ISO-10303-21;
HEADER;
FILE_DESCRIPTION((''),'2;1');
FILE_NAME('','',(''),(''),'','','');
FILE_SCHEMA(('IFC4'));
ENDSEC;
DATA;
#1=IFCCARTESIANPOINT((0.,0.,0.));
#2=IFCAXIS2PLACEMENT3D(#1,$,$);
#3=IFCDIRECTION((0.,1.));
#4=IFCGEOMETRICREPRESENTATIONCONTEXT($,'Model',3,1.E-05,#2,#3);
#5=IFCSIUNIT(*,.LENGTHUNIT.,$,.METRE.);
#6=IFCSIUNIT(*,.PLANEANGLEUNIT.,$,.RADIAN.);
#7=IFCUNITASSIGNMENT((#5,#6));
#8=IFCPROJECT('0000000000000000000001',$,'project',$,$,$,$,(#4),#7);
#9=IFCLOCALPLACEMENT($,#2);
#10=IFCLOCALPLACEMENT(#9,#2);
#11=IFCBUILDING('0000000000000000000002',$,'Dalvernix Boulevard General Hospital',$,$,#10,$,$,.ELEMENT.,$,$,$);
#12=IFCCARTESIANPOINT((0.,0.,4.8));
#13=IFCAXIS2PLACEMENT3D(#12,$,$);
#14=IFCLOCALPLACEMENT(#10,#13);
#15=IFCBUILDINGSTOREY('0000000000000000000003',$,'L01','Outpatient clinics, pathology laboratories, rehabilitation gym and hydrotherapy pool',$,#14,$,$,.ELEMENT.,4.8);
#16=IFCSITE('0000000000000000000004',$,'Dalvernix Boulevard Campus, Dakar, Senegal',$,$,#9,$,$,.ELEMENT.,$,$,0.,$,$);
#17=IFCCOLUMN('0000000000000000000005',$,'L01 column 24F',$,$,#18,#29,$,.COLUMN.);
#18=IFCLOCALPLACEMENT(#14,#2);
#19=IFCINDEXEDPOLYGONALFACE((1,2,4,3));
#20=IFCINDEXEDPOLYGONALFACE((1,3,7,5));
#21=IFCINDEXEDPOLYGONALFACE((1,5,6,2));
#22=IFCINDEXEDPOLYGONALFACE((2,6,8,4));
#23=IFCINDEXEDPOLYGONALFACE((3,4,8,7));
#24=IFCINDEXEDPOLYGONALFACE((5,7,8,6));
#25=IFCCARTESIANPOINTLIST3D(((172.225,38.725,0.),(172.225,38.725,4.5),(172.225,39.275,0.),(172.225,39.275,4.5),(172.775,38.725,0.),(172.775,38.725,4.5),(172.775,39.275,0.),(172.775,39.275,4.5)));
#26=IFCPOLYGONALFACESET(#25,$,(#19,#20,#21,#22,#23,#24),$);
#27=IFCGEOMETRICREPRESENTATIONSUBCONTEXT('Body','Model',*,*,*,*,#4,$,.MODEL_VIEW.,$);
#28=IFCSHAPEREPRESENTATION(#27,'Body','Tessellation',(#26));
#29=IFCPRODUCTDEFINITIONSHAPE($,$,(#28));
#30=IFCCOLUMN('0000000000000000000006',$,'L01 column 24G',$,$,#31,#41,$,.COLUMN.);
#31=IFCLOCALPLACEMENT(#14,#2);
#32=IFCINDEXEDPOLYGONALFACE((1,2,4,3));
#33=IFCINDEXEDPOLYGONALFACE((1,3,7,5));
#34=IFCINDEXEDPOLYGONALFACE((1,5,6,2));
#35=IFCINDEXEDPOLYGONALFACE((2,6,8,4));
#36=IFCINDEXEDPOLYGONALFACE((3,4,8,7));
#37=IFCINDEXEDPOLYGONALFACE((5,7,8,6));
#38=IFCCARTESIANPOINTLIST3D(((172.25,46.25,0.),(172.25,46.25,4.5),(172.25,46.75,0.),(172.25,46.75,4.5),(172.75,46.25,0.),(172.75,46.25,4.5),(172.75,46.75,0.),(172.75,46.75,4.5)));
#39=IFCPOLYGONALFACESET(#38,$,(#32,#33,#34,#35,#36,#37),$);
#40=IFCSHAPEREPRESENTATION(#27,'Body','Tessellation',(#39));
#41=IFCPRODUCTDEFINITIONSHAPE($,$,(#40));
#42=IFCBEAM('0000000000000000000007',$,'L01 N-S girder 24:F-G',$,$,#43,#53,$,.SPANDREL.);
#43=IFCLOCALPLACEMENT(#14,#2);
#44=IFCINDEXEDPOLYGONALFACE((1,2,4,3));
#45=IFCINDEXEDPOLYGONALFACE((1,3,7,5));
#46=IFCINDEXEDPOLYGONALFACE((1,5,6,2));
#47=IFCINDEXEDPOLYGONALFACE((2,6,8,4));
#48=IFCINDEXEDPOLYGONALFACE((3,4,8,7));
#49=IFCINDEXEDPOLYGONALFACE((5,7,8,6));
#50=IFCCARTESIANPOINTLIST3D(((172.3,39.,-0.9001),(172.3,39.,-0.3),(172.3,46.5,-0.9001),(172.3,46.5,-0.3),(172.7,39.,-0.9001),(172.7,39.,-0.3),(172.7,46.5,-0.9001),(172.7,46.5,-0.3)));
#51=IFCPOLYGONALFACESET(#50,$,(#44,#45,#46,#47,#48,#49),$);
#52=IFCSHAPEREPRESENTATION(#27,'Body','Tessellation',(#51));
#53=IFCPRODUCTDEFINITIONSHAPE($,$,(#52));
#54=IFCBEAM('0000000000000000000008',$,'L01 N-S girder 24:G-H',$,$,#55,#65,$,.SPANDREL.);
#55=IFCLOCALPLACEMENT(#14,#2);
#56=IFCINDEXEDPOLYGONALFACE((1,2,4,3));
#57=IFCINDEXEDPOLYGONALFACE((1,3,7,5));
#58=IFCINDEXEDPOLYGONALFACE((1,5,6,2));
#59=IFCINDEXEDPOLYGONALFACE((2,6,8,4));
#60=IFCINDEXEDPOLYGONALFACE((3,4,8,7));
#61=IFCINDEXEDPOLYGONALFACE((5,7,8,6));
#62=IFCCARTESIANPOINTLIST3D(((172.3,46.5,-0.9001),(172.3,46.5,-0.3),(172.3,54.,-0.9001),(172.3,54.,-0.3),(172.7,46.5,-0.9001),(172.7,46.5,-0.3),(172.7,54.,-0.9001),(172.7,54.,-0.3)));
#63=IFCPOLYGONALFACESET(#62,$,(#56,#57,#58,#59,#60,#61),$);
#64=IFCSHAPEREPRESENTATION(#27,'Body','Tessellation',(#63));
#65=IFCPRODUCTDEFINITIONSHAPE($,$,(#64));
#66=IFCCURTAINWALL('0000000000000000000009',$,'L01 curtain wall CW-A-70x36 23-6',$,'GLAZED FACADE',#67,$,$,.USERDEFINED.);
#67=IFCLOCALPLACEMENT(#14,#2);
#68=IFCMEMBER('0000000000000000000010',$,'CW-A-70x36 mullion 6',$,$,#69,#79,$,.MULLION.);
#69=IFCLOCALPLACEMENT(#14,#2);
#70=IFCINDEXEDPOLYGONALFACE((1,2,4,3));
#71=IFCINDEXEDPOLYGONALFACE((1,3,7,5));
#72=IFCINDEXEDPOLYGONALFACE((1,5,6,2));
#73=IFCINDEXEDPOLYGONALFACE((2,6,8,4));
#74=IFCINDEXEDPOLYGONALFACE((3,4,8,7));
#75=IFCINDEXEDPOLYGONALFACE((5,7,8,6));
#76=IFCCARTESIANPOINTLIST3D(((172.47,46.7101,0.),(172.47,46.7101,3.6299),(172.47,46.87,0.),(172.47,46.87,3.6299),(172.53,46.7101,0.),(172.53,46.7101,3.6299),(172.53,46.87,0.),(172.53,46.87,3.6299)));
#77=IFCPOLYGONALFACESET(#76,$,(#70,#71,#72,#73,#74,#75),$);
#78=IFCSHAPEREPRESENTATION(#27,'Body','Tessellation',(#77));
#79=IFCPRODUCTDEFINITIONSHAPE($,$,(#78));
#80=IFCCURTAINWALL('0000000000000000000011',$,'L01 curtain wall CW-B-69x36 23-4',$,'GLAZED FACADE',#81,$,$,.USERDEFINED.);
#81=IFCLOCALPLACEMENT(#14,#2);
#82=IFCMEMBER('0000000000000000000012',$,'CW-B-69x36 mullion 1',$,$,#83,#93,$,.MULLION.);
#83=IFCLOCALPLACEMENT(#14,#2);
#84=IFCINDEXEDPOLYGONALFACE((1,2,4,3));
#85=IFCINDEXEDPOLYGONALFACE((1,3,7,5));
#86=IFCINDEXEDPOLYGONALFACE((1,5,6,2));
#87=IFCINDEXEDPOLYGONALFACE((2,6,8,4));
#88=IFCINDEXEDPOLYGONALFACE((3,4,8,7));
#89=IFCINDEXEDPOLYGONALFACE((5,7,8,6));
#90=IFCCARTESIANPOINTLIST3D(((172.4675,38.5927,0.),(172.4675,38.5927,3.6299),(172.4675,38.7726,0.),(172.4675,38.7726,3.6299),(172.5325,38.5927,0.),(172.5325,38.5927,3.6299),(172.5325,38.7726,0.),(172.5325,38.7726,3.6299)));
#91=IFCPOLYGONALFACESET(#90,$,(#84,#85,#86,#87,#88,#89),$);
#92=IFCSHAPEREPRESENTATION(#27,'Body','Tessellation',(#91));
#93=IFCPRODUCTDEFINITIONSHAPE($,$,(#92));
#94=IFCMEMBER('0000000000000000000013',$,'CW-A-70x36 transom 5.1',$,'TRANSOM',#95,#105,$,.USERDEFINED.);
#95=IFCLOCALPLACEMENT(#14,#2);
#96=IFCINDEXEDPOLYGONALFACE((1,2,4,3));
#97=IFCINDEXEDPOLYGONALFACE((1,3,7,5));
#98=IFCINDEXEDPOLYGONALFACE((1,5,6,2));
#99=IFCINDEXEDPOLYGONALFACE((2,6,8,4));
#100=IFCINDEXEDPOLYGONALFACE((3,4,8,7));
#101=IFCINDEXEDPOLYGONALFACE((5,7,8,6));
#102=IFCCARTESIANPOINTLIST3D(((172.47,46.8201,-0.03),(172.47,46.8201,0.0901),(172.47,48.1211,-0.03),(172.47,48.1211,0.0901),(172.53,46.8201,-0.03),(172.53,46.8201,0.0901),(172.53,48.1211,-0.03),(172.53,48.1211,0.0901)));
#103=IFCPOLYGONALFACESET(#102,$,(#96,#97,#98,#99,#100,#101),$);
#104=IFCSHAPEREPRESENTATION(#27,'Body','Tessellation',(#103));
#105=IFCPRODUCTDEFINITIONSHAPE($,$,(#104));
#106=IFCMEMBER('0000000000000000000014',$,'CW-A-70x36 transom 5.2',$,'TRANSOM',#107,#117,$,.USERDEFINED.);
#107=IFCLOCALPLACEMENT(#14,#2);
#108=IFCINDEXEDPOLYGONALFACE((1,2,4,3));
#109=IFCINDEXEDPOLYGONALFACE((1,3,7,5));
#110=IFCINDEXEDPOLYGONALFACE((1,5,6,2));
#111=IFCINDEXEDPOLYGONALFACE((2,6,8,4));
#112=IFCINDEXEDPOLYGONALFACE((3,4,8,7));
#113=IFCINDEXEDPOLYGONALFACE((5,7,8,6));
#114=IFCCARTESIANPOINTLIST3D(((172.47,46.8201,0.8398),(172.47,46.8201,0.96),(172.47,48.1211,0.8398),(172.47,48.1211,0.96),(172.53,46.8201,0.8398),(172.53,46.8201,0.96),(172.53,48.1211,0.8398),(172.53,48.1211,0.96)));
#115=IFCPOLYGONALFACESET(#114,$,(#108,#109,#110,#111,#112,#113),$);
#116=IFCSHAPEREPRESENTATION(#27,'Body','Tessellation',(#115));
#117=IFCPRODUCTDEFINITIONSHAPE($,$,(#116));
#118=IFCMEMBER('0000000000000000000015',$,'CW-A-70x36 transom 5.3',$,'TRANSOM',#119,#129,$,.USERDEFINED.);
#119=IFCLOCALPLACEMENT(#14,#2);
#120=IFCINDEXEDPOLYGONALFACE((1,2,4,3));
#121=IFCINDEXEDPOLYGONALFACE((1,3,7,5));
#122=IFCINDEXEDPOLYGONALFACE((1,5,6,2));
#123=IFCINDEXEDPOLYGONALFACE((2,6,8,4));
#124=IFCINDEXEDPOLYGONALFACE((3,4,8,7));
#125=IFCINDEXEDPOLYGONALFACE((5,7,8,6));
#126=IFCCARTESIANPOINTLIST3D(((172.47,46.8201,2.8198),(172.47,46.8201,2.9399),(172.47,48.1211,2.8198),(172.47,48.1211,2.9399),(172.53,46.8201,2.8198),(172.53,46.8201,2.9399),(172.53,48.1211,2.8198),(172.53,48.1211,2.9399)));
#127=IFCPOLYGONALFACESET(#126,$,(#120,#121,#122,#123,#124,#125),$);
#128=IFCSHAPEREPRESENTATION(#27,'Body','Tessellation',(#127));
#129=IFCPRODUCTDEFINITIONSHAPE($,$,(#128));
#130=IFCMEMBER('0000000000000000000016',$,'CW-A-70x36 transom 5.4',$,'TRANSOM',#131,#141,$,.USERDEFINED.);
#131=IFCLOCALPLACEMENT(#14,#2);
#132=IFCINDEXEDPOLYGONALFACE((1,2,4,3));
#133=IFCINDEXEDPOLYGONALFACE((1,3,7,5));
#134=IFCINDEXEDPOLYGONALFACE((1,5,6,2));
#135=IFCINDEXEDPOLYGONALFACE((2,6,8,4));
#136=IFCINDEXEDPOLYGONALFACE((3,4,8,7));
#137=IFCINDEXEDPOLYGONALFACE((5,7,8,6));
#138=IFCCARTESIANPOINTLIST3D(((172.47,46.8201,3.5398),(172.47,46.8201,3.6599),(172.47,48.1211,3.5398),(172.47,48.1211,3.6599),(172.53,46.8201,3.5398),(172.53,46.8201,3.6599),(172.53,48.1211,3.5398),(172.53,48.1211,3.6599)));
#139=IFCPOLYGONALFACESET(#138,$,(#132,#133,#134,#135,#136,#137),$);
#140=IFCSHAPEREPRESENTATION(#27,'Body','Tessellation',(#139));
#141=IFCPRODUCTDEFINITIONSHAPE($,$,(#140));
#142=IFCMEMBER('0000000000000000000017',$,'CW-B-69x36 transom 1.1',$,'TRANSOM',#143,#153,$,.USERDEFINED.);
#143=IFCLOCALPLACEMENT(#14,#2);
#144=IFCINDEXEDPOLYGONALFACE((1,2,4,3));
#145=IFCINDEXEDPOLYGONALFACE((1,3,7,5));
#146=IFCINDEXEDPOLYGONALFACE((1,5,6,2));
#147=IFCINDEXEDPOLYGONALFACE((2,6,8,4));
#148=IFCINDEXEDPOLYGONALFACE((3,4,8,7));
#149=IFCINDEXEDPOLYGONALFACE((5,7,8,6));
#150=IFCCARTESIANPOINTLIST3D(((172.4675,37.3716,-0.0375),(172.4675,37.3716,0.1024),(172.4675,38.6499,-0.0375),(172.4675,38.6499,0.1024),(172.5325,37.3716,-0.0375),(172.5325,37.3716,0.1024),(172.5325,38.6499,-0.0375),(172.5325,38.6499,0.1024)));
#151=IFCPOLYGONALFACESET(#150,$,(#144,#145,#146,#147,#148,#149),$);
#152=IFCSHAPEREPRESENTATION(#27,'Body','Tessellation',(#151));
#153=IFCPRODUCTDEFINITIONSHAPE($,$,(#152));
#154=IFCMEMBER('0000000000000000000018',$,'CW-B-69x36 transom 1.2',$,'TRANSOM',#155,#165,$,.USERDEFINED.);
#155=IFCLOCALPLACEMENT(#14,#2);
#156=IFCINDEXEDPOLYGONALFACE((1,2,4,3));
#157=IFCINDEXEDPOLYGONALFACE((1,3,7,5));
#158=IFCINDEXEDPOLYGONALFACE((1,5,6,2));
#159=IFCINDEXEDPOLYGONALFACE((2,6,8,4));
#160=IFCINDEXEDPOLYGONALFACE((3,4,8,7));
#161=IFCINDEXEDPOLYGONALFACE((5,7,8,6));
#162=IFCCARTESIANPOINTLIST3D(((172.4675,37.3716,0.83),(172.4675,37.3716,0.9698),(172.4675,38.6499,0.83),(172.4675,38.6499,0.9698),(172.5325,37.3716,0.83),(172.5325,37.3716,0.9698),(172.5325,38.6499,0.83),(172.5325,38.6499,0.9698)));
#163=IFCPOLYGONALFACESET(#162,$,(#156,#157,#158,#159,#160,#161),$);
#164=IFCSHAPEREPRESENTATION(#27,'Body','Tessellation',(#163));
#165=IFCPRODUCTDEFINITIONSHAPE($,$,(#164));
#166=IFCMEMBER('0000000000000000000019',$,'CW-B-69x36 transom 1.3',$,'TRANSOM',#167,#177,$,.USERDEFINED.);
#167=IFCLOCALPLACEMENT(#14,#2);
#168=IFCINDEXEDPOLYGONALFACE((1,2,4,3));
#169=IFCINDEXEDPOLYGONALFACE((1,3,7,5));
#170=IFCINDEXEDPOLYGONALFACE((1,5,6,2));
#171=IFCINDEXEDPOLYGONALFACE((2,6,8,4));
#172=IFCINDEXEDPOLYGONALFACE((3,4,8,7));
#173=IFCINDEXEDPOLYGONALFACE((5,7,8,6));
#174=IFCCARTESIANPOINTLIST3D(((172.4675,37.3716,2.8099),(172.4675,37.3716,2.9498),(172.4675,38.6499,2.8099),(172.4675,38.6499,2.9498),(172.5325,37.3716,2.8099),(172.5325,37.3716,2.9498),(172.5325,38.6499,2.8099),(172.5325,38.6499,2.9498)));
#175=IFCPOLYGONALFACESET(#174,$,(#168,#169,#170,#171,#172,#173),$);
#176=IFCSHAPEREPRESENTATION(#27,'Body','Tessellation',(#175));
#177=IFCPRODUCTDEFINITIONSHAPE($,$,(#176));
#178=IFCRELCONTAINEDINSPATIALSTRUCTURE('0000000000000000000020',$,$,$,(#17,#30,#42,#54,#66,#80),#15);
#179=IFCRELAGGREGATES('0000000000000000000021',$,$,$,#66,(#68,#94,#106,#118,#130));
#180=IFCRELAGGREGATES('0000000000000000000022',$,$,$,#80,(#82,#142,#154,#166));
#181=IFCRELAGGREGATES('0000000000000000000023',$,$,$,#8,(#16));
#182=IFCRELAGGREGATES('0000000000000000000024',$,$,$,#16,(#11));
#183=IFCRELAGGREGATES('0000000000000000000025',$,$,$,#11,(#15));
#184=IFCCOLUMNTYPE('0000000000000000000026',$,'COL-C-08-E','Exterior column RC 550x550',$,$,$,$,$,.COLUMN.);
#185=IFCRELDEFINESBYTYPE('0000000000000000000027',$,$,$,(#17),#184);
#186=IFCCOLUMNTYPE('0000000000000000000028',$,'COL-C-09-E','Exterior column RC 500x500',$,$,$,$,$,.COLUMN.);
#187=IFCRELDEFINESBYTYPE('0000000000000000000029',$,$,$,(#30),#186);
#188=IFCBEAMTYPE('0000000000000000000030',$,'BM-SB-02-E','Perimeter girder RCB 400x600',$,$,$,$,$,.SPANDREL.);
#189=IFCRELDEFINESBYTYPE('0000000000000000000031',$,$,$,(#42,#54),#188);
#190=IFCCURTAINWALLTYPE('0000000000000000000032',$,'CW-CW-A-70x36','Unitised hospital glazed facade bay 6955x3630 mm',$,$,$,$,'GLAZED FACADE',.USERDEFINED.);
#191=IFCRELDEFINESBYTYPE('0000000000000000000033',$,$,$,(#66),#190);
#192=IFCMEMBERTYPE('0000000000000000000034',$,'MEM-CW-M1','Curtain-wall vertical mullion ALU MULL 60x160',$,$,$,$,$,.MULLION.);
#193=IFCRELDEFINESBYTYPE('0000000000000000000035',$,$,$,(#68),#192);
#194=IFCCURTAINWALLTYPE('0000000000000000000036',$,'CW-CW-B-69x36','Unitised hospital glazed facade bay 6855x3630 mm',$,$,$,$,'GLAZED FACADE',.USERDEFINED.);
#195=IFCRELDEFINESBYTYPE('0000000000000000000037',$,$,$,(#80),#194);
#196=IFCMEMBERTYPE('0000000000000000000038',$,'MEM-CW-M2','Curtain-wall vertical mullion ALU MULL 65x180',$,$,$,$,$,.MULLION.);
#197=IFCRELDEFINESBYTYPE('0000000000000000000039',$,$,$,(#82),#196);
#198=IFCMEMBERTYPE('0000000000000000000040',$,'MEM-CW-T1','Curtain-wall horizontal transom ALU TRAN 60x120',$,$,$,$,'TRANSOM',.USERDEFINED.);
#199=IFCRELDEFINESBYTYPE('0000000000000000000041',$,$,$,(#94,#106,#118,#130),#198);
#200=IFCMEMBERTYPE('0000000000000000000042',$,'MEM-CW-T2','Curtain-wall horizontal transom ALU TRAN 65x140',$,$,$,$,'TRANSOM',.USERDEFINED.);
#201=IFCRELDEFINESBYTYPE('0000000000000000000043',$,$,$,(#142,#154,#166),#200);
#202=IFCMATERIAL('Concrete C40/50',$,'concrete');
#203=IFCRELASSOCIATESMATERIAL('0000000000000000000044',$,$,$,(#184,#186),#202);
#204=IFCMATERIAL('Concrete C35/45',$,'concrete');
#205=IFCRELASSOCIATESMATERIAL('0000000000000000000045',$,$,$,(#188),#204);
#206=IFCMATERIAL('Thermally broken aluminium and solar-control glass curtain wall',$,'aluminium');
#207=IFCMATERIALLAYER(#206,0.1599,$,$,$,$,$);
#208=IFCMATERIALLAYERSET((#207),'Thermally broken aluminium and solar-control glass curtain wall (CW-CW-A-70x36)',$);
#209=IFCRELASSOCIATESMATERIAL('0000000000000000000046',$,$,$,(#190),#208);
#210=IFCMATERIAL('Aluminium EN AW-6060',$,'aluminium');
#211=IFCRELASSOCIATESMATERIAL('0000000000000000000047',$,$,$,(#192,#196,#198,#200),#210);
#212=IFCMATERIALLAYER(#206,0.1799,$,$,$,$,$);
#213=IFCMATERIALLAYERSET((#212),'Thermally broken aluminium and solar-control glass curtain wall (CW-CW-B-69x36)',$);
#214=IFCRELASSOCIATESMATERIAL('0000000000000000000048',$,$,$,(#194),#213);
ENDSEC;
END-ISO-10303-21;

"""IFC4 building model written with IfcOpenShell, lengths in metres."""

from ifc_helpers import new_model, si_unit, direction, frame, origin, origin_2d, place, context, subcontext, project, spatial, rectangle, extrude, material, layer, layer_set, material_profile, profile_set, type_object, element, aggregate, save


model = new_model("IFC4")

# Units and contexts
model_context = context("Model", 3, precision=1e-05, world=origin(), true_north=direction((0.0, 1.0)))
body_context = subcontext(model_context, "Body", "Model", "MODEL_VIEW")
ifc_project = project(units=[si_unit("LENGTHUNIT", "METRE"), si_unit("PLANEANGLEUNIT", "RADIAN")], contexts=[model_context])

# Site, building, storey
site_placement = place(None, origin())
site = spatial("IfcSite", under=ifc_project, at=site_placement, Name="Dalvernix Boulevard Campus, Dakar, Senegal", CompositionType="ELEMENT", RefElevation=0.0)
building_placement = place(site_placement, origin())
building = spatial("IfcBuilding", under=site, at=building_placement, Name="Dalvernix Boulevard General Hospital", CompositionType="ELEMENT")
storey_placement = place(building_placement, frame((0.0, 0.0, 4.8)))
storey = spatial("IfcBuildingStorey", under=building, at=storey_placement, Name="L01", Description="Outpatient clinics, pathology laboratories, rehabilitation gym and hydrotherapy pool", CompositionType="ELEMENT", Elevation=4.8)

# Columns
ifc_material_1 = material(Name="Concrete C40/50", Category="concrete")
ifc_material_profile_1 = material_profile(ifc_material_1, rectangle(XDim=0.55, YDim=0.55, at=origin_2d()), Name="RC 550x550")
ifc_profile_set_1 = profile_set([ifc_material_profile_1], Name="Concrete C40/50")
column_type_1 = type_object("IfcColumnType", Name="COL-C-08-E", Description="Exterior column RC 550x550", PredefinedType="COLUMN", material=ifc_profile_set_1)
column_1_placement = place(storey_placement, frame((172.5, 39.0, 0.0), z_axis=(0.0, 0.0, 1.0), x_axis=(1.0, 0.0, 0.0)))
element("IfcColumn", 1, at=column_1_placement, inside=storey, type_object=column_type_1, Name="L01 column 24F", PredefinedType="COLUMN", context=body_context, shape_type="SweptSolid", body=[
    extrude(rectangle(XDim=0.55, YDim=0.55, at=origin_2d()), origin(), (0.0, 0.0, 1.0), 4.5),
])
ifc_material_profile_2 = material_profile(ifc_material_1, rectangle(XDim=0.5, YDim=0.5, at=origin_2d()), Name="RC 500x500")
ifc_profile_set_2 = profile_set([ifc_material_profile_2], Name="Concrete C40/50")
column_type_2 = type_object("IfcColumnType", Name="COL-C-09-E", Description="Exterior column RC 500x500", PredefinedType="COLUMN", material=ifc_profile_set_2)
column_2_placement = place(storey_placement, frame((172.5, 46.5, 0.0), z_axis=(0.0, 0.0, 1.0), x_axis=(1.0, 0.0, 0.0)))
element("IfcColumn", 2, at=column_2_placement, inside=storey, type_object=column_type_2, Name="L01 column 24G", PredefinedType="COLUMN", context=body_context, shape_type="SweptSolid", body=[
    extrude(rectangle(XDim=0.5, YDim=0.5, at=origin_2d()), origin(), (0.0, 0.0, 1.0), 4.5),
])

# Beams
ifc_material_2 = material(Name="Concrete C35/45", Category="concrete")
ifc_material_profile_3 = material_profile(ifc_material_2, rectangle(XDim=0.3999, YDim=0.6001, at=origin_2d()), Name="RCB 400x600")
ifc_profile_set_3 = profile_set([ifc_material_profile_3], Name="Concrete C35/45")
beam_type = type_object("IfcBeamType", Name="BM-SB-02-E", Description="Perimeter girder RCB 400x600", PredefinedType="SPANDREL", material=ifc_profile_set_3)
for number, where, z_axis, x_axis, name in (
    (3, (172.5, 39.0, -0.6001), (0.0, 1.0, 0.0), (-1.0, 0.0, 0.0), "L01 N-S girder 24:F-G"),
    (4, (172.5, 46.5, -0.6001), (0.0, 1.0, 0.0), (-1.0, 0.0, 0.0), "L01 N-S girder 24:G-H"),
):
    element("IfcBeam", number, at=place(storey_placement, frame(where, z_axis=z_axis, x_axis=x_axis)), inside=storey, type_object=beam_type, Name=name, PredefinedType="SPANDREL", context=body_context, shape_type="SweptSolid", body=[
        extrude(rectangle(XDim=0.3999, YDim=0.6001, at=origin_2d()), origin(), (0.0, 0.0, 1.0), 7.5),
    ])

# Curtain walls, members
ifc_material_3 = material(Name="Thermally broken aluminium and solar-control glass curtain wall", Category="aluminium")
ifc_layer_1 = layer(ifc_material_3, 0.1599)
ifc_layer_set_1 = layer_set([ifc_layer_1], Name="Thermally broken aluminium and solar-control glass curtain wall (CW-CW-A-70x36)")
curtain_wall_type_1 = type_object("IfcCurtainWallType", Name="CW-CW-A-70x36", Description="Unitised hospital glazed facade bay 6955x3630 mm", ElementType="GLAZED FACADE", PredefinedType="USERDEFINED", material=ifc_layer_set_1)
curtain_wall_1_placement = place(storey_placement, origin())
curtain_wall_1 = element("IfcCurtainWall", 5, at=curtain_wall_1_placement, inside=storey, type_object=curtain_wall_type_1, Name="L01 curtain wall CW-A-70x36 23-6", ObjectType="GLAZED FACADE", PredefinedType="USERDEFINED")
ifc_material_4 = material(Name="Aluminium EN AW-6060", Category="aluminium")
ifc_material_profile_4 = material_profile(ifc_material_4, rectangle(XDim=0.0601, YDim=0.1599, at=origin_2d()), Name="ALU MULL 60x160")
ifc_profile_set_4 = profile_set([ifc_material_profile_4], Name="Aluminium EN AW-6060")
member_type_1 = type_object("IfcMemberType", Name="MEM-CW-M1", Description="Curtain-wall vertical mullion ALU MULL 60x160", PredefinedType="MULLION", material=ifc_profile_set_4)
member_1_placement = place(storey_placement, frame((172.5, 46.79, 0.0), z_axis=(0.0, 0.0, 1.0), x_axis=(1.0, 0.0, 0.0)))
member_1 = element("IfcMember", 6, at=member_1_placement, type_object=member_type_1, Name="CW-A-70x36 mullion 6", PredefinedType="MULLION", context=body_context, shape_type="SweptSolid", body=[
    extrude(rectangle(XDim=0.0601, YDim=0.1599, at=origin_2d()), origin(), (0.0, 0.0, 1.0), 3.6299),
])
ifc_layer_2 = layer(ifc_material_3, 0.1799)
ifc_layer_set_2 = layer_set([ifc_layer_2], Name="Thermally broken aluminium and solar-control glass curtain wall (CW-CW-B-69x36)")
curtain_wall_type_2 = type_object("IfcCurtainWallType", Name="CW-CW-B-69x36", Description="Unitised hospital glazed facade bay 6855x3630 mm", ElementType="GLAZED FACADE", PredefinedType="USERDEFINED", material=ifc_layer_set_2)
curtain_wall_2_placement = place(storey_placement, origin())
curtain_wall_2 = element("IfcCurtainWall", 7, at=curtain_wall_2_placement, inside=storey, type_object=curtain_wall_type_2, Name="L01 curtain wall CW-B-69x36 23-4", ObjectType="GLAZED FACADE", PredefinedType="USERDEFINED")
ifc_material_profile_5 = material_profile(ifc_material_4, rectangle(XDim=0.0649, YDim=0.1799, at=origin_2d()), Name="ALU MULL 65x180")
ifc_profile_set_5 = profile_set([ifc_material_profile_5], Name="Aluminium EN AW-6060")
member_type_2 = type_object("IfcMemberType", Name="MEM-CW-M2", Description="Curtain-wall vertical mullion ALU MULL 65x180", PredefinedType="MULLION", material=ifc_profile_set_5)
member_2_placement = place(storey_placement, frame((172.5, 38.6826, 0.0), z_axis=(0.0, 0.0, 1.0), x_axis=(1.0, 0.0, 0.0)))
member_2 = element("IfcMember", 8, at=member_2_placement, type_object=member_type_2, Name="CW-B-69x36 mullion 1", PredefinedType="MULLION", context=body_context, shape_type="SweptSolid", body=[
    extrude(rectangle(XDim=0.0649, YDim=0.1799, at=origin_2d()), origin(), (0.0, 0.0, 1.0), 3.6299),
])

# Members
ifc_material_profile_6 = material_profile(ifc_material_4, rectangle(XDim=0.0601, YDim=0.1201, at=origin_2d()), Name="ALU TRAN 60x120")
ifc_profile_set_6 = profile_set([ifc_material_profile_6], Name="Aluminium EN AW-6060")
member_type_3 = type_object("IfcMemberType", Name="MEM-CW-T1", Description="Curtain-wall horizontal transom ALU TRAN 60x120", ElementType="TRANSOM", PredefinedType="USERDEFINED", material=ifc_profile_set_6)
member_3_placement = place(storey_placement, frame((172.5, 48.1211, 0.03), z_axis=(0.0, -1.0, 0.0), x_axis=(1.0, 0.0, 0.0)))
member_3 = element("IfcMember", 9, at=member_3_placement, type_object=member_type_3, Name="CW-A-70x36 transom 5.1", ObjectType="TRANSOM", PredefinedType="USERDEFINED", context=body_context, shape_type="SweptSolid", body=[
    extrude(rectangle(XDim=0.0601, YDim=0.1201, at=origin_2d()), origin(), (0.0, 0.0, 1.0), 1.301),
])
member_4_placement = place(storey_placement, frame((172.5, 48.1211, 0.8999), z_axis=(0.0, -1.0, 0.0), x_axis=(1.0, 0.0, 0.0)))
member_4 = element("IfcMember", 10, at=member_4_placement, type_object=member_type_3, Name="CW-A-70x36 transom 5.2", ObjectType="TRANSOM", PredefinedType="USERDEFINED", context=body_context, shape_type="SweptSolid", body=[
    extrude(rectangle(XDim=0.0601, YDim=0.1201, at=origin_2d()), origin(), (0.0, 0.0, 1.0), 1.301),
])
member_5_placement = place(storey_placement, frame((172.5, 48.1211, 2.8799), z_axis=(0.0, -1.0, 0.0), x_axis=(1.0, 0.0, 0.0)))
member_5 = element("IfcMember", 11, at=member_5_placement, type_object=member_type_3, Name="CW-A-70x36 transom 5.3", ObjectType="TRANSOM", PredefinedType="USERDEFINED", context=body_context, shape_type="SweptSolid", body=[
    extrude(rectangle(XDim=0.0601, YDim=0.1201, at=origin_2d()), origin(), (0.0, 0.0, 1.0), 1.301),
])
member_6_placement = place(storey_placement, frame((172.5, 48.1211, 3.5999), z_axis=(0.0, -1.0, 0.0), x_axis=(1.0, 0.0, 0.0)))
member_6 = element("IfcMember", 12, at=member_6_placement, type_object=member_type_3, Name="CW-A-70x36 transom 5.4", ObjectType="TRANSOM", PredefinedType="USERDEFINED", context=body_context, shape_type="SweptSolid", body=[
    extrude(rectangle(XDim=0.0601, YDim=0.1201, at=origin_2d()), origin(), (0.0, 0.0, 1.0), 1.301),
])
ifc_material_profile_7 = material_profile(ifc_material_4, rectangle(XDim=0.0649, YDim=0.1399, at=origin_2d()), Name="ALU TRAN 65x140")
ifc_profile_set_7 = profile_set([ifc_material_profile_7], Name="Aluminium EN AW-6060")
member_type_4 = type_object("IfcMemberType", Name="MEM-CW-T2", Description="Curtain-wall horizontal transom ALU TRAN 65x140", ElementType="TRANSOM", PredefinedType="USERDEFINED", material=ifc_profile_set_7)
member_7_placement = place(storey_placement, frame((172.5, 38.6499, 0.0325), z_axis=(0.0, -1.0, 0.0), x_axis=(1.0, 0.0, 0.0)))
member_7 = element("IfcMember", 13, at=member_7_placement, type_object=member_type_4, Name="CW-B-69x36 transom 1.1", ObjectType="TRANSOM", PredefinedType="USERDEFINED", context=body_context, shape_type="SweptSolid", body=[
    extrude(rectangle(XDim=0.0649, YDim=0.1399, at=origin_2d()), origin(), (0.0, 0.0, 1.0), 1.2783),
])
member_8_placement = place(storey_placement, frame((172.5, 38.6499, 0.8999), z_axis=(0.0, -1.0, 0.0), x_axis=(1.0, 0.0, 0.0)))
member_8 = element("IfcMember", 14, at=member_8_placement, type_object=member_type_4, Name="CW-B-69x36 transom 1.2", ObjectType="TRANSOM", PredefinedType="USERDEFINED", context=body_context, shape_type="SweptSolid", body=[
    extrude(rectangle(XDim=0.0649, YDim=0.1399, at=origin_2d()), origin(), (0.0, 0.0, 1.0), 1.2783),
])
member_9_placement = place(storey_placement, frame((172.5, 38.6499, 2.8799), z_axis=(0.0, -1.0, 0.0), x_axis=(1.0, 0.0, 0.0)))
member_9 = element("IfcMember", 15, at=member_9_placement, type_object=member_type_4, Name="CW-B-69x36 transom 1.3", ObjectType="TRANSOM", PredefinedType="USERDEFINED", context=body_context, shape_type="SweptSolid", body=[
    extrude(rectangle(XDim=0.0649, YDim=0.1399, at=origin_2d()), origin(), (0.0, 0.0, 1.0), 1.2783),
])

aggregate(curtain_wall_1, [member_1, member_3, member_4, member_5, member_6])
aggregate(curtain_wall_2, [member_2, member_7, member_8, member_9])

save(model, "model.ifc")
